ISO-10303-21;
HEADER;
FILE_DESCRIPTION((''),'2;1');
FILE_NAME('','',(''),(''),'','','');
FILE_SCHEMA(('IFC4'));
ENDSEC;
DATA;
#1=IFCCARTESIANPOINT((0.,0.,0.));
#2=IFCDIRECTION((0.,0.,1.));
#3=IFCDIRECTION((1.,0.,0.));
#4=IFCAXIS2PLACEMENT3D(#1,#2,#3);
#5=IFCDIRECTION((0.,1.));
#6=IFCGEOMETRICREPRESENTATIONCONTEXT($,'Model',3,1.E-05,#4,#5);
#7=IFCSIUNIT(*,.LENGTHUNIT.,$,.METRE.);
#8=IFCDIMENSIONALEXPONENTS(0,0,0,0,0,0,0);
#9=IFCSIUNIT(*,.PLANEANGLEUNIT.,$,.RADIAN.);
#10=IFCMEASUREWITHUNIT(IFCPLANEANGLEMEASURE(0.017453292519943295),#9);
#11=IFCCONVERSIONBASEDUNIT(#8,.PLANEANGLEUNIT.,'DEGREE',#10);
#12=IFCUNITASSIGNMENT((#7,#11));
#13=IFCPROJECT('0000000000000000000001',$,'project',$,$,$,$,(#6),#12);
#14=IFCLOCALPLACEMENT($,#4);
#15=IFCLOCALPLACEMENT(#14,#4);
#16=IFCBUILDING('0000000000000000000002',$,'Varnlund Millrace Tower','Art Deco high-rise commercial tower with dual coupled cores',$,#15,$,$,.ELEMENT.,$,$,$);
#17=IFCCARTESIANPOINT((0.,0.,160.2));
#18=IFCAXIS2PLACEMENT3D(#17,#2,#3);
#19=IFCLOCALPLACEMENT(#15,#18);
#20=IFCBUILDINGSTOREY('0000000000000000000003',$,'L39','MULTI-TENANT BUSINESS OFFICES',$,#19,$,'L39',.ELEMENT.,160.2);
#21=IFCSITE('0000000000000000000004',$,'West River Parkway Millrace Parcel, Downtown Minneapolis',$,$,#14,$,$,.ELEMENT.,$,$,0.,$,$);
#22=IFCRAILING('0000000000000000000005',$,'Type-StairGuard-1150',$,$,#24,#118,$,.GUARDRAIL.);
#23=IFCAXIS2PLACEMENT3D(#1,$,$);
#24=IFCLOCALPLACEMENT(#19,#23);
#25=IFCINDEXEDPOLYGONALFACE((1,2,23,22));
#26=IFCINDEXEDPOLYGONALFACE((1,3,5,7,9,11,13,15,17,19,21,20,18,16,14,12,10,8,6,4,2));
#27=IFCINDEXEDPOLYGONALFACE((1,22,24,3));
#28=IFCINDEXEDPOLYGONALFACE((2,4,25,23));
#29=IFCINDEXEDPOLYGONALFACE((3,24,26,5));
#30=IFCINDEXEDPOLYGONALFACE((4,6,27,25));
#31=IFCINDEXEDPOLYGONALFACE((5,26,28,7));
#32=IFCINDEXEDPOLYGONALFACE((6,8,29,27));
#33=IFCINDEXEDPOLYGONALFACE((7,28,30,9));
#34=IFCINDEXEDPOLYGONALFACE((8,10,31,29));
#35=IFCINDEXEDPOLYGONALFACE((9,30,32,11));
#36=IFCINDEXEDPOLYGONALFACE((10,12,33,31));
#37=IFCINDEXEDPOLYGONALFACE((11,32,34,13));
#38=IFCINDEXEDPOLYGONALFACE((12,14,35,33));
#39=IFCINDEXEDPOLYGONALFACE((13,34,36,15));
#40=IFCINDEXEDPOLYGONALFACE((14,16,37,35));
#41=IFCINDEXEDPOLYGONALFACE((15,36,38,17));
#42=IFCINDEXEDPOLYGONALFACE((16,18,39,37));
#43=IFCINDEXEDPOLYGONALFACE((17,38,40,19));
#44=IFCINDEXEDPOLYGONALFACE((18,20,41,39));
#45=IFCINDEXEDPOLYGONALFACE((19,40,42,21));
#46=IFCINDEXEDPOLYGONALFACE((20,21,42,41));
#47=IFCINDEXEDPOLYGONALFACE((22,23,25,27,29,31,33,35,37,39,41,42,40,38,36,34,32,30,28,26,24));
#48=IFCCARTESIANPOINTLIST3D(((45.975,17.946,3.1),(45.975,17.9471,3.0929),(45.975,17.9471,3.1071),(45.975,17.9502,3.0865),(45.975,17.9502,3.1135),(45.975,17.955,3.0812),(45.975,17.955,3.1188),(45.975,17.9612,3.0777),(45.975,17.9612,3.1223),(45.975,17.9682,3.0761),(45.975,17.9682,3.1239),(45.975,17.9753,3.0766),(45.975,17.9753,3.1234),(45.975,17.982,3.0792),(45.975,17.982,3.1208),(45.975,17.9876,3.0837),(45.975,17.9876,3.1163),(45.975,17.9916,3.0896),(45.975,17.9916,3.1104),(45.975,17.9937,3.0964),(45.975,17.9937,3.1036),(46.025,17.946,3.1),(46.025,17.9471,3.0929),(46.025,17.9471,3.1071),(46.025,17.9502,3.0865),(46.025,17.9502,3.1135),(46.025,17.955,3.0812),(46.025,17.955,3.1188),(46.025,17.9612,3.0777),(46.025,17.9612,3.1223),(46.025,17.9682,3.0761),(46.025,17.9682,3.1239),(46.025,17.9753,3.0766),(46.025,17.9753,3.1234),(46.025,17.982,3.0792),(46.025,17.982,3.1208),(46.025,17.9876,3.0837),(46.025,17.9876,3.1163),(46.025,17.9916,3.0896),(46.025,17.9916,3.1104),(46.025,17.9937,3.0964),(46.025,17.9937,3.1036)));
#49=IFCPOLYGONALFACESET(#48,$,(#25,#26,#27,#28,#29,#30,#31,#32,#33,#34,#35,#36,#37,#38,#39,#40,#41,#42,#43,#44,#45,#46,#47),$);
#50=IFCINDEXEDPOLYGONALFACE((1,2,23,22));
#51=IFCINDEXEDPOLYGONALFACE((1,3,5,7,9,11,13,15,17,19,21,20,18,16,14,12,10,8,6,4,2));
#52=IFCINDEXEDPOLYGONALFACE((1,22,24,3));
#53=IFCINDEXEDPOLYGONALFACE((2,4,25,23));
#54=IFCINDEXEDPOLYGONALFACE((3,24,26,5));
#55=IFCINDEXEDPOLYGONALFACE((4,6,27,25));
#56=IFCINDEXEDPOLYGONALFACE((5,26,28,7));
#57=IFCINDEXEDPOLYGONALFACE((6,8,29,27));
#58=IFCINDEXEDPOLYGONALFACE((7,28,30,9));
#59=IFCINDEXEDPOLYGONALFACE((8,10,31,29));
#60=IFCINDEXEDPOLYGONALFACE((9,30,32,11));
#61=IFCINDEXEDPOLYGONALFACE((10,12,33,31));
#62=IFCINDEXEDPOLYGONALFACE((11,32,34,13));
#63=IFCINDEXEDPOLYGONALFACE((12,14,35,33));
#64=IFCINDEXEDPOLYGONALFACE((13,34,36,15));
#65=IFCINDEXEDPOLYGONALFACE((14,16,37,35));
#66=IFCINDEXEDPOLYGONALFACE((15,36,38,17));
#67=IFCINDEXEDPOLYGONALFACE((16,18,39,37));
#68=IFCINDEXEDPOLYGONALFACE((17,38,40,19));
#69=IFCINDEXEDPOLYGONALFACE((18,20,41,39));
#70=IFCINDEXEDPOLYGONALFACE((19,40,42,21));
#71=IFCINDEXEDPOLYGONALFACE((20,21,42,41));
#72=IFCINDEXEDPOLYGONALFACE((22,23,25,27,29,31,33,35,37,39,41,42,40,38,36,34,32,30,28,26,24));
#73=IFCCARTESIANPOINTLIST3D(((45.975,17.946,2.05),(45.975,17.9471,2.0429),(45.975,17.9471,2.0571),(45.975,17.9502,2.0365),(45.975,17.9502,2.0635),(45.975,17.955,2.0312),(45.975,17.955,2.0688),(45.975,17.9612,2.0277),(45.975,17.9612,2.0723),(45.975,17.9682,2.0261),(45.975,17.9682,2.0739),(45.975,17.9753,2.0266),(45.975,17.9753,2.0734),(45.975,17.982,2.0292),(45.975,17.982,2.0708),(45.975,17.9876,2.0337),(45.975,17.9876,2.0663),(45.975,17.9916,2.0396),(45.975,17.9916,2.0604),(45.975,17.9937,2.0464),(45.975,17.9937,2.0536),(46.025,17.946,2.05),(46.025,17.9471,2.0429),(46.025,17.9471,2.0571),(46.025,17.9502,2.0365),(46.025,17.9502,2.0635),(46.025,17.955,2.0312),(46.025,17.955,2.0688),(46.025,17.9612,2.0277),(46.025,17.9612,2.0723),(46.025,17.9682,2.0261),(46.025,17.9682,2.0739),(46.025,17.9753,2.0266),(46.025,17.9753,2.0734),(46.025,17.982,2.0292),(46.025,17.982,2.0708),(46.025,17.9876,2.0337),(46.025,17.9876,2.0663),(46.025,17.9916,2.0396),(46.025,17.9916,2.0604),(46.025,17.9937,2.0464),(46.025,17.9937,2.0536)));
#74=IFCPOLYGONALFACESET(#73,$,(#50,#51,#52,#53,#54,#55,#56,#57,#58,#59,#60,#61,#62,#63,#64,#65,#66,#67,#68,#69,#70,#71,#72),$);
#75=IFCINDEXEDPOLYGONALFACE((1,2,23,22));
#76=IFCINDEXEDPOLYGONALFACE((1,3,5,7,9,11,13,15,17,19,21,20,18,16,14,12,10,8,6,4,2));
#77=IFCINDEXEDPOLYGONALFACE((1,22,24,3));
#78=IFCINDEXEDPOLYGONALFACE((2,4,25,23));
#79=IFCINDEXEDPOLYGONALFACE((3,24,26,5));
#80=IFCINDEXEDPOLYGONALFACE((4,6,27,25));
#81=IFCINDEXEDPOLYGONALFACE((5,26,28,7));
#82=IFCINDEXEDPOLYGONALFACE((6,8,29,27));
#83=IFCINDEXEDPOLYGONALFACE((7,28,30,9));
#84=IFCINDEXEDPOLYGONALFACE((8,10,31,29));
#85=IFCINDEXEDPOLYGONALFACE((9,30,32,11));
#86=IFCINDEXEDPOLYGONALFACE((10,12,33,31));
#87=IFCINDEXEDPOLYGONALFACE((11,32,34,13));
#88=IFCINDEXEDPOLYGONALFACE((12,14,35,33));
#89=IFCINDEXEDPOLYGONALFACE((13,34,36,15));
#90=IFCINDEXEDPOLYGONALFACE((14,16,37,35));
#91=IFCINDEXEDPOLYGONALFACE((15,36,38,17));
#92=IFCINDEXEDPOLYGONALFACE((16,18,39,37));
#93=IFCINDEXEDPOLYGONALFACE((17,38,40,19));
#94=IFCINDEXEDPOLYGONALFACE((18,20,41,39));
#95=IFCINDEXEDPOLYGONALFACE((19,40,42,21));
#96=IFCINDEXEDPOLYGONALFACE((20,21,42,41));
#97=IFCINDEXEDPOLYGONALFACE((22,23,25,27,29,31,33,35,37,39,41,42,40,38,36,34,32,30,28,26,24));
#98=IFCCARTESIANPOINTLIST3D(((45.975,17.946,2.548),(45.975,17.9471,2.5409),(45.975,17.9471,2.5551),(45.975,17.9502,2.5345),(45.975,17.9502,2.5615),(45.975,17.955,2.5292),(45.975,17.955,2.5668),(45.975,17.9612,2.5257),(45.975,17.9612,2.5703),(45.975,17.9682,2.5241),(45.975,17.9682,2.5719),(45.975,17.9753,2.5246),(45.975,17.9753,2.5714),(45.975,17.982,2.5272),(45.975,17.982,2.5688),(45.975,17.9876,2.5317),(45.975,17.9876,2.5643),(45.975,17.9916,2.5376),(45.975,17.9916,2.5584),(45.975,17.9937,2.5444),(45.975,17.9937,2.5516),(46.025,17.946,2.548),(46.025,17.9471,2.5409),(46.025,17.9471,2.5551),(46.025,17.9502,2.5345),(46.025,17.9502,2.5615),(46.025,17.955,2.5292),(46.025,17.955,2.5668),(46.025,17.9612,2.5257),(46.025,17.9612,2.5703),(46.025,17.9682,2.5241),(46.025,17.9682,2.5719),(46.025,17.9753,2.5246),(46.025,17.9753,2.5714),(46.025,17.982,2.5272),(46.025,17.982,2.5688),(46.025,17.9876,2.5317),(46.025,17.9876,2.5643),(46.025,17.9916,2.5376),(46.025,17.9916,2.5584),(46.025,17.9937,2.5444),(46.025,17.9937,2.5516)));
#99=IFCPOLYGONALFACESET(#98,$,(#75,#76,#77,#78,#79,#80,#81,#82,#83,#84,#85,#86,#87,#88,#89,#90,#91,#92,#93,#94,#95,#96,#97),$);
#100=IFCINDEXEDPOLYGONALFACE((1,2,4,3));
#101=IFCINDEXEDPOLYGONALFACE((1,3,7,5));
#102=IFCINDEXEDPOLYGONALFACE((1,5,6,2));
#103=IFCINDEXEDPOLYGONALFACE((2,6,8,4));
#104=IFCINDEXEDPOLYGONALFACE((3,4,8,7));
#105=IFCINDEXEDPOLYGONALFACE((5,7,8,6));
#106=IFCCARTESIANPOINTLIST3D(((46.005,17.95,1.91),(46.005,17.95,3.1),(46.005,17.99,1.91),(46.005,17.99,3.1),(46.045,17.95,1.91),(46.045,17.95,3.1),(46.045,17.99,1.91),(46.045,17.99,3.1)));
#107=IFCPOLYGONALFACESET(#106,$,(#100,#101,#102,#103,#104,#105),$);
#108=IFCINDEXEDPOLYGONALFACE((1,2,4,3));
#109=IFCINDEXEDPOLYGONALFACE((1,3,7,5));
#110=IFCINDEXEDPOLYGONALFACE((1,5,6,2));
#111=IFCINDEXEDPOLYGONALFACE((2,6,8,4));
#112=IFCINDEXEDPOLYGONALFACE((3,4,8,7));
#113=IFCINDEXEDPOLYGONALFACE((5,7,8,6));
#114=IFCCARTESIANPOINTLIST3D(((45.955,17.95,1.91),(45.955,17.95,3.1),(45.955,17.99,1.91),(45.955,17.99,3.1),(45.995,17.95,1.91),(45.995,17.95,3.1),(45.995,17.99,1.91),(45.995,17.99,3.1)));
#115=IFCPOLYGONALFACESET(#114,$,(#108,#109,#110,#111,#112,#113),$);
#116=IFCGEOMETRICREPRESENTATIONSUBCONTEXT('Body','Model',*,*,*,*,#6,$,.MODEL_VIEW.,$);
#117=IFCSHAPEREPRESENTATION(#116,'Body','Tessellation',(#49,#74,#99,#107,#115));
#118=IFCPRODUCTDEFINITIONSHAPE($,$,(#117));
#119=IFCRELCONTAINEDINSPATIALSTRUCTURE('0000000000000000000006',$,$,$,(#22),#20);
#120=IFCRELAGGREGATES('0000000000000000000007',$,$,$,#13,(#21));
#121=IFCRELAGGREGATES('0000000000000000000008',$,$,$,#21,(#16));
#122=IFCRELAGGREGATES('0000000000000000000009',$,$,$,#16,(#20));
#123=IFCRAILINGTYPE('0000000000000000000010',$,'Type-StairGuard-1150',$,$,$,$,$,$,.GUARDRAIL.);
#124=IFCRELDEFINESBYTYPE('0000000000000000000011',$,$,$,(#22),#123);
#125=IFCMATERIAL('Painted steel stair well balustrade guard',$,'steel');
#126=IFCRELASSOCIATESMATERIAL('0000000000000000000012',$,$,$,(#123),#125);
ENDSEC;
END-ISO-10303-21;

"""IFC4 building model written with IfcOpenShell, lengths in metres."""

from ifc_helpers import new_model, entity, si_unit, converted_unit, direction, frame, origin_with_axes, origin_2d_with_axis, place, context, subcontext, project, spatial, rectangle, circle, extrude, material, type_object, element, save


model = new_model("IFC4")

# Units and contexts
model_context = context("Model", 3, precision=1e-05, world=origin_with_axes(), true_north=direction((0.0, 1.0)))
body_context = subcontext(model_context, "Body", "Model", "MODEL_VIEW")
ifc_project = project(units=[si_unit("LENGTHUNIT", "METRE"), converted_unit("PLANEANGLEUNIT", "DEGREE", entity("IfcPlaneAngleMeasure", 0.017453292519943295), si_unit("PLANEANGLEUNIT", "RADIAN"), dimensions=[0, 0, 0, 0, 0, 0, 0])], contexts=[model_context])

# Site, building, storey
site_placement = place(None, origin_with_axes())
site = spatial("IfcSite", under=ifc_project, at=site_placement, Name="West River Parkway Millrace Parcel, Downtown Minneapolis", CompositionType="ELEMENT", RefElevation=0.0)
building_placement = place(site_placement, origin_with_axes())
building = spatial("IfcBuilding", under=site, at=building_placement, Name="Varnlund Millrace Tower", Description="Art Deco high-rise commercial tower with dual coupled cores", CompositionType="ELEMENT")
storey_placement = place(building_placement, frame((0.0, 0.0, 160.2), z_axis=(0.0, 0.0, 1.0), x_axis=(1.0, 0.0, 0.0)))
storey = spatial("IfcBuildingStorey", under=building, at=storey_placement, Name="L39", Description="MULTI-TENANT BUSINESS OFFICES", LongName="L39", CompositionType="ELEMENT", Elevation=160.2)

# Railing
ifc_material_1 = material(Name="Painted steel stair well balustrade guard", Category="steel")
railing_type_1 = type_object("IfcRailingType", Name="Type-StairGuard-1150", PredefinedType="GUARDRAIL", material=ifc_material_1)
railing_1_placement = place(storey_placement, frame((0.0, 0.0, -160.2), z_axis=(0.0, 0.0, 1.0), x_axis=(1.0, 0.0, 0.0)))
element("IfcRailing", 1, at=railing_1_placement, inside=storey, type_object=railing_type_1, Name="Type-StairGuard-1150", PredefinedType="GUARDRAIL", context=body_context, shape_type="SweptSolid", body=[
    extrude(circle(Radius=0.024, at=origin_2d_with_axis()), frame((46.025, 17.97, 163.3), z_axis=(-1.0, 0.0, 0.0), x_axis=(0.0, -1.0, 0.0)), (0.0, 0.0, 1.0), 0.05),
    extrude(circle(Radius=0.024, at=origin_2d_with_axis()), frame((46.025, 17.97, 162.25), z_axis=(-1.0, 0.0, 0.0), x_axis=(0.0, -1.0, 0.0)), (0.0, 0.0, 1.0), 0.05),
    extrude(circle(Radius=0.024, at=origin_2d_with_axis()), frame((46.025, 17.97, 162.748), z_axis=(-1.0, 0.0, 0.0), x_axis=(0.0, -1.0, 0.0)), (0.0, 0.0, 1.0), 0.05),
    extrude(rectangle(XDim=0.04, YDim=0.04, at=origin_2d_with_axis()), frame((46.025, 17.97, 162.11), z_axis=(0.0, 0.0, 1.0), x_axis=(1.0, 0.0, 0.0)), (0.0, 0.0, 1.0), 1.19),
    extrude(rectangle(XDim=0.04, YDim=0.04, at=origin_2d_with_axis()), frame((45.975, 17.97, 162.11), z_axis=(0.0, 0.0, 1.0), x_axis=(1.0, 0.0, 0.0)), (0.0, 0.0, 1.0), 1.19),
])

save(model, "model.ifc")
